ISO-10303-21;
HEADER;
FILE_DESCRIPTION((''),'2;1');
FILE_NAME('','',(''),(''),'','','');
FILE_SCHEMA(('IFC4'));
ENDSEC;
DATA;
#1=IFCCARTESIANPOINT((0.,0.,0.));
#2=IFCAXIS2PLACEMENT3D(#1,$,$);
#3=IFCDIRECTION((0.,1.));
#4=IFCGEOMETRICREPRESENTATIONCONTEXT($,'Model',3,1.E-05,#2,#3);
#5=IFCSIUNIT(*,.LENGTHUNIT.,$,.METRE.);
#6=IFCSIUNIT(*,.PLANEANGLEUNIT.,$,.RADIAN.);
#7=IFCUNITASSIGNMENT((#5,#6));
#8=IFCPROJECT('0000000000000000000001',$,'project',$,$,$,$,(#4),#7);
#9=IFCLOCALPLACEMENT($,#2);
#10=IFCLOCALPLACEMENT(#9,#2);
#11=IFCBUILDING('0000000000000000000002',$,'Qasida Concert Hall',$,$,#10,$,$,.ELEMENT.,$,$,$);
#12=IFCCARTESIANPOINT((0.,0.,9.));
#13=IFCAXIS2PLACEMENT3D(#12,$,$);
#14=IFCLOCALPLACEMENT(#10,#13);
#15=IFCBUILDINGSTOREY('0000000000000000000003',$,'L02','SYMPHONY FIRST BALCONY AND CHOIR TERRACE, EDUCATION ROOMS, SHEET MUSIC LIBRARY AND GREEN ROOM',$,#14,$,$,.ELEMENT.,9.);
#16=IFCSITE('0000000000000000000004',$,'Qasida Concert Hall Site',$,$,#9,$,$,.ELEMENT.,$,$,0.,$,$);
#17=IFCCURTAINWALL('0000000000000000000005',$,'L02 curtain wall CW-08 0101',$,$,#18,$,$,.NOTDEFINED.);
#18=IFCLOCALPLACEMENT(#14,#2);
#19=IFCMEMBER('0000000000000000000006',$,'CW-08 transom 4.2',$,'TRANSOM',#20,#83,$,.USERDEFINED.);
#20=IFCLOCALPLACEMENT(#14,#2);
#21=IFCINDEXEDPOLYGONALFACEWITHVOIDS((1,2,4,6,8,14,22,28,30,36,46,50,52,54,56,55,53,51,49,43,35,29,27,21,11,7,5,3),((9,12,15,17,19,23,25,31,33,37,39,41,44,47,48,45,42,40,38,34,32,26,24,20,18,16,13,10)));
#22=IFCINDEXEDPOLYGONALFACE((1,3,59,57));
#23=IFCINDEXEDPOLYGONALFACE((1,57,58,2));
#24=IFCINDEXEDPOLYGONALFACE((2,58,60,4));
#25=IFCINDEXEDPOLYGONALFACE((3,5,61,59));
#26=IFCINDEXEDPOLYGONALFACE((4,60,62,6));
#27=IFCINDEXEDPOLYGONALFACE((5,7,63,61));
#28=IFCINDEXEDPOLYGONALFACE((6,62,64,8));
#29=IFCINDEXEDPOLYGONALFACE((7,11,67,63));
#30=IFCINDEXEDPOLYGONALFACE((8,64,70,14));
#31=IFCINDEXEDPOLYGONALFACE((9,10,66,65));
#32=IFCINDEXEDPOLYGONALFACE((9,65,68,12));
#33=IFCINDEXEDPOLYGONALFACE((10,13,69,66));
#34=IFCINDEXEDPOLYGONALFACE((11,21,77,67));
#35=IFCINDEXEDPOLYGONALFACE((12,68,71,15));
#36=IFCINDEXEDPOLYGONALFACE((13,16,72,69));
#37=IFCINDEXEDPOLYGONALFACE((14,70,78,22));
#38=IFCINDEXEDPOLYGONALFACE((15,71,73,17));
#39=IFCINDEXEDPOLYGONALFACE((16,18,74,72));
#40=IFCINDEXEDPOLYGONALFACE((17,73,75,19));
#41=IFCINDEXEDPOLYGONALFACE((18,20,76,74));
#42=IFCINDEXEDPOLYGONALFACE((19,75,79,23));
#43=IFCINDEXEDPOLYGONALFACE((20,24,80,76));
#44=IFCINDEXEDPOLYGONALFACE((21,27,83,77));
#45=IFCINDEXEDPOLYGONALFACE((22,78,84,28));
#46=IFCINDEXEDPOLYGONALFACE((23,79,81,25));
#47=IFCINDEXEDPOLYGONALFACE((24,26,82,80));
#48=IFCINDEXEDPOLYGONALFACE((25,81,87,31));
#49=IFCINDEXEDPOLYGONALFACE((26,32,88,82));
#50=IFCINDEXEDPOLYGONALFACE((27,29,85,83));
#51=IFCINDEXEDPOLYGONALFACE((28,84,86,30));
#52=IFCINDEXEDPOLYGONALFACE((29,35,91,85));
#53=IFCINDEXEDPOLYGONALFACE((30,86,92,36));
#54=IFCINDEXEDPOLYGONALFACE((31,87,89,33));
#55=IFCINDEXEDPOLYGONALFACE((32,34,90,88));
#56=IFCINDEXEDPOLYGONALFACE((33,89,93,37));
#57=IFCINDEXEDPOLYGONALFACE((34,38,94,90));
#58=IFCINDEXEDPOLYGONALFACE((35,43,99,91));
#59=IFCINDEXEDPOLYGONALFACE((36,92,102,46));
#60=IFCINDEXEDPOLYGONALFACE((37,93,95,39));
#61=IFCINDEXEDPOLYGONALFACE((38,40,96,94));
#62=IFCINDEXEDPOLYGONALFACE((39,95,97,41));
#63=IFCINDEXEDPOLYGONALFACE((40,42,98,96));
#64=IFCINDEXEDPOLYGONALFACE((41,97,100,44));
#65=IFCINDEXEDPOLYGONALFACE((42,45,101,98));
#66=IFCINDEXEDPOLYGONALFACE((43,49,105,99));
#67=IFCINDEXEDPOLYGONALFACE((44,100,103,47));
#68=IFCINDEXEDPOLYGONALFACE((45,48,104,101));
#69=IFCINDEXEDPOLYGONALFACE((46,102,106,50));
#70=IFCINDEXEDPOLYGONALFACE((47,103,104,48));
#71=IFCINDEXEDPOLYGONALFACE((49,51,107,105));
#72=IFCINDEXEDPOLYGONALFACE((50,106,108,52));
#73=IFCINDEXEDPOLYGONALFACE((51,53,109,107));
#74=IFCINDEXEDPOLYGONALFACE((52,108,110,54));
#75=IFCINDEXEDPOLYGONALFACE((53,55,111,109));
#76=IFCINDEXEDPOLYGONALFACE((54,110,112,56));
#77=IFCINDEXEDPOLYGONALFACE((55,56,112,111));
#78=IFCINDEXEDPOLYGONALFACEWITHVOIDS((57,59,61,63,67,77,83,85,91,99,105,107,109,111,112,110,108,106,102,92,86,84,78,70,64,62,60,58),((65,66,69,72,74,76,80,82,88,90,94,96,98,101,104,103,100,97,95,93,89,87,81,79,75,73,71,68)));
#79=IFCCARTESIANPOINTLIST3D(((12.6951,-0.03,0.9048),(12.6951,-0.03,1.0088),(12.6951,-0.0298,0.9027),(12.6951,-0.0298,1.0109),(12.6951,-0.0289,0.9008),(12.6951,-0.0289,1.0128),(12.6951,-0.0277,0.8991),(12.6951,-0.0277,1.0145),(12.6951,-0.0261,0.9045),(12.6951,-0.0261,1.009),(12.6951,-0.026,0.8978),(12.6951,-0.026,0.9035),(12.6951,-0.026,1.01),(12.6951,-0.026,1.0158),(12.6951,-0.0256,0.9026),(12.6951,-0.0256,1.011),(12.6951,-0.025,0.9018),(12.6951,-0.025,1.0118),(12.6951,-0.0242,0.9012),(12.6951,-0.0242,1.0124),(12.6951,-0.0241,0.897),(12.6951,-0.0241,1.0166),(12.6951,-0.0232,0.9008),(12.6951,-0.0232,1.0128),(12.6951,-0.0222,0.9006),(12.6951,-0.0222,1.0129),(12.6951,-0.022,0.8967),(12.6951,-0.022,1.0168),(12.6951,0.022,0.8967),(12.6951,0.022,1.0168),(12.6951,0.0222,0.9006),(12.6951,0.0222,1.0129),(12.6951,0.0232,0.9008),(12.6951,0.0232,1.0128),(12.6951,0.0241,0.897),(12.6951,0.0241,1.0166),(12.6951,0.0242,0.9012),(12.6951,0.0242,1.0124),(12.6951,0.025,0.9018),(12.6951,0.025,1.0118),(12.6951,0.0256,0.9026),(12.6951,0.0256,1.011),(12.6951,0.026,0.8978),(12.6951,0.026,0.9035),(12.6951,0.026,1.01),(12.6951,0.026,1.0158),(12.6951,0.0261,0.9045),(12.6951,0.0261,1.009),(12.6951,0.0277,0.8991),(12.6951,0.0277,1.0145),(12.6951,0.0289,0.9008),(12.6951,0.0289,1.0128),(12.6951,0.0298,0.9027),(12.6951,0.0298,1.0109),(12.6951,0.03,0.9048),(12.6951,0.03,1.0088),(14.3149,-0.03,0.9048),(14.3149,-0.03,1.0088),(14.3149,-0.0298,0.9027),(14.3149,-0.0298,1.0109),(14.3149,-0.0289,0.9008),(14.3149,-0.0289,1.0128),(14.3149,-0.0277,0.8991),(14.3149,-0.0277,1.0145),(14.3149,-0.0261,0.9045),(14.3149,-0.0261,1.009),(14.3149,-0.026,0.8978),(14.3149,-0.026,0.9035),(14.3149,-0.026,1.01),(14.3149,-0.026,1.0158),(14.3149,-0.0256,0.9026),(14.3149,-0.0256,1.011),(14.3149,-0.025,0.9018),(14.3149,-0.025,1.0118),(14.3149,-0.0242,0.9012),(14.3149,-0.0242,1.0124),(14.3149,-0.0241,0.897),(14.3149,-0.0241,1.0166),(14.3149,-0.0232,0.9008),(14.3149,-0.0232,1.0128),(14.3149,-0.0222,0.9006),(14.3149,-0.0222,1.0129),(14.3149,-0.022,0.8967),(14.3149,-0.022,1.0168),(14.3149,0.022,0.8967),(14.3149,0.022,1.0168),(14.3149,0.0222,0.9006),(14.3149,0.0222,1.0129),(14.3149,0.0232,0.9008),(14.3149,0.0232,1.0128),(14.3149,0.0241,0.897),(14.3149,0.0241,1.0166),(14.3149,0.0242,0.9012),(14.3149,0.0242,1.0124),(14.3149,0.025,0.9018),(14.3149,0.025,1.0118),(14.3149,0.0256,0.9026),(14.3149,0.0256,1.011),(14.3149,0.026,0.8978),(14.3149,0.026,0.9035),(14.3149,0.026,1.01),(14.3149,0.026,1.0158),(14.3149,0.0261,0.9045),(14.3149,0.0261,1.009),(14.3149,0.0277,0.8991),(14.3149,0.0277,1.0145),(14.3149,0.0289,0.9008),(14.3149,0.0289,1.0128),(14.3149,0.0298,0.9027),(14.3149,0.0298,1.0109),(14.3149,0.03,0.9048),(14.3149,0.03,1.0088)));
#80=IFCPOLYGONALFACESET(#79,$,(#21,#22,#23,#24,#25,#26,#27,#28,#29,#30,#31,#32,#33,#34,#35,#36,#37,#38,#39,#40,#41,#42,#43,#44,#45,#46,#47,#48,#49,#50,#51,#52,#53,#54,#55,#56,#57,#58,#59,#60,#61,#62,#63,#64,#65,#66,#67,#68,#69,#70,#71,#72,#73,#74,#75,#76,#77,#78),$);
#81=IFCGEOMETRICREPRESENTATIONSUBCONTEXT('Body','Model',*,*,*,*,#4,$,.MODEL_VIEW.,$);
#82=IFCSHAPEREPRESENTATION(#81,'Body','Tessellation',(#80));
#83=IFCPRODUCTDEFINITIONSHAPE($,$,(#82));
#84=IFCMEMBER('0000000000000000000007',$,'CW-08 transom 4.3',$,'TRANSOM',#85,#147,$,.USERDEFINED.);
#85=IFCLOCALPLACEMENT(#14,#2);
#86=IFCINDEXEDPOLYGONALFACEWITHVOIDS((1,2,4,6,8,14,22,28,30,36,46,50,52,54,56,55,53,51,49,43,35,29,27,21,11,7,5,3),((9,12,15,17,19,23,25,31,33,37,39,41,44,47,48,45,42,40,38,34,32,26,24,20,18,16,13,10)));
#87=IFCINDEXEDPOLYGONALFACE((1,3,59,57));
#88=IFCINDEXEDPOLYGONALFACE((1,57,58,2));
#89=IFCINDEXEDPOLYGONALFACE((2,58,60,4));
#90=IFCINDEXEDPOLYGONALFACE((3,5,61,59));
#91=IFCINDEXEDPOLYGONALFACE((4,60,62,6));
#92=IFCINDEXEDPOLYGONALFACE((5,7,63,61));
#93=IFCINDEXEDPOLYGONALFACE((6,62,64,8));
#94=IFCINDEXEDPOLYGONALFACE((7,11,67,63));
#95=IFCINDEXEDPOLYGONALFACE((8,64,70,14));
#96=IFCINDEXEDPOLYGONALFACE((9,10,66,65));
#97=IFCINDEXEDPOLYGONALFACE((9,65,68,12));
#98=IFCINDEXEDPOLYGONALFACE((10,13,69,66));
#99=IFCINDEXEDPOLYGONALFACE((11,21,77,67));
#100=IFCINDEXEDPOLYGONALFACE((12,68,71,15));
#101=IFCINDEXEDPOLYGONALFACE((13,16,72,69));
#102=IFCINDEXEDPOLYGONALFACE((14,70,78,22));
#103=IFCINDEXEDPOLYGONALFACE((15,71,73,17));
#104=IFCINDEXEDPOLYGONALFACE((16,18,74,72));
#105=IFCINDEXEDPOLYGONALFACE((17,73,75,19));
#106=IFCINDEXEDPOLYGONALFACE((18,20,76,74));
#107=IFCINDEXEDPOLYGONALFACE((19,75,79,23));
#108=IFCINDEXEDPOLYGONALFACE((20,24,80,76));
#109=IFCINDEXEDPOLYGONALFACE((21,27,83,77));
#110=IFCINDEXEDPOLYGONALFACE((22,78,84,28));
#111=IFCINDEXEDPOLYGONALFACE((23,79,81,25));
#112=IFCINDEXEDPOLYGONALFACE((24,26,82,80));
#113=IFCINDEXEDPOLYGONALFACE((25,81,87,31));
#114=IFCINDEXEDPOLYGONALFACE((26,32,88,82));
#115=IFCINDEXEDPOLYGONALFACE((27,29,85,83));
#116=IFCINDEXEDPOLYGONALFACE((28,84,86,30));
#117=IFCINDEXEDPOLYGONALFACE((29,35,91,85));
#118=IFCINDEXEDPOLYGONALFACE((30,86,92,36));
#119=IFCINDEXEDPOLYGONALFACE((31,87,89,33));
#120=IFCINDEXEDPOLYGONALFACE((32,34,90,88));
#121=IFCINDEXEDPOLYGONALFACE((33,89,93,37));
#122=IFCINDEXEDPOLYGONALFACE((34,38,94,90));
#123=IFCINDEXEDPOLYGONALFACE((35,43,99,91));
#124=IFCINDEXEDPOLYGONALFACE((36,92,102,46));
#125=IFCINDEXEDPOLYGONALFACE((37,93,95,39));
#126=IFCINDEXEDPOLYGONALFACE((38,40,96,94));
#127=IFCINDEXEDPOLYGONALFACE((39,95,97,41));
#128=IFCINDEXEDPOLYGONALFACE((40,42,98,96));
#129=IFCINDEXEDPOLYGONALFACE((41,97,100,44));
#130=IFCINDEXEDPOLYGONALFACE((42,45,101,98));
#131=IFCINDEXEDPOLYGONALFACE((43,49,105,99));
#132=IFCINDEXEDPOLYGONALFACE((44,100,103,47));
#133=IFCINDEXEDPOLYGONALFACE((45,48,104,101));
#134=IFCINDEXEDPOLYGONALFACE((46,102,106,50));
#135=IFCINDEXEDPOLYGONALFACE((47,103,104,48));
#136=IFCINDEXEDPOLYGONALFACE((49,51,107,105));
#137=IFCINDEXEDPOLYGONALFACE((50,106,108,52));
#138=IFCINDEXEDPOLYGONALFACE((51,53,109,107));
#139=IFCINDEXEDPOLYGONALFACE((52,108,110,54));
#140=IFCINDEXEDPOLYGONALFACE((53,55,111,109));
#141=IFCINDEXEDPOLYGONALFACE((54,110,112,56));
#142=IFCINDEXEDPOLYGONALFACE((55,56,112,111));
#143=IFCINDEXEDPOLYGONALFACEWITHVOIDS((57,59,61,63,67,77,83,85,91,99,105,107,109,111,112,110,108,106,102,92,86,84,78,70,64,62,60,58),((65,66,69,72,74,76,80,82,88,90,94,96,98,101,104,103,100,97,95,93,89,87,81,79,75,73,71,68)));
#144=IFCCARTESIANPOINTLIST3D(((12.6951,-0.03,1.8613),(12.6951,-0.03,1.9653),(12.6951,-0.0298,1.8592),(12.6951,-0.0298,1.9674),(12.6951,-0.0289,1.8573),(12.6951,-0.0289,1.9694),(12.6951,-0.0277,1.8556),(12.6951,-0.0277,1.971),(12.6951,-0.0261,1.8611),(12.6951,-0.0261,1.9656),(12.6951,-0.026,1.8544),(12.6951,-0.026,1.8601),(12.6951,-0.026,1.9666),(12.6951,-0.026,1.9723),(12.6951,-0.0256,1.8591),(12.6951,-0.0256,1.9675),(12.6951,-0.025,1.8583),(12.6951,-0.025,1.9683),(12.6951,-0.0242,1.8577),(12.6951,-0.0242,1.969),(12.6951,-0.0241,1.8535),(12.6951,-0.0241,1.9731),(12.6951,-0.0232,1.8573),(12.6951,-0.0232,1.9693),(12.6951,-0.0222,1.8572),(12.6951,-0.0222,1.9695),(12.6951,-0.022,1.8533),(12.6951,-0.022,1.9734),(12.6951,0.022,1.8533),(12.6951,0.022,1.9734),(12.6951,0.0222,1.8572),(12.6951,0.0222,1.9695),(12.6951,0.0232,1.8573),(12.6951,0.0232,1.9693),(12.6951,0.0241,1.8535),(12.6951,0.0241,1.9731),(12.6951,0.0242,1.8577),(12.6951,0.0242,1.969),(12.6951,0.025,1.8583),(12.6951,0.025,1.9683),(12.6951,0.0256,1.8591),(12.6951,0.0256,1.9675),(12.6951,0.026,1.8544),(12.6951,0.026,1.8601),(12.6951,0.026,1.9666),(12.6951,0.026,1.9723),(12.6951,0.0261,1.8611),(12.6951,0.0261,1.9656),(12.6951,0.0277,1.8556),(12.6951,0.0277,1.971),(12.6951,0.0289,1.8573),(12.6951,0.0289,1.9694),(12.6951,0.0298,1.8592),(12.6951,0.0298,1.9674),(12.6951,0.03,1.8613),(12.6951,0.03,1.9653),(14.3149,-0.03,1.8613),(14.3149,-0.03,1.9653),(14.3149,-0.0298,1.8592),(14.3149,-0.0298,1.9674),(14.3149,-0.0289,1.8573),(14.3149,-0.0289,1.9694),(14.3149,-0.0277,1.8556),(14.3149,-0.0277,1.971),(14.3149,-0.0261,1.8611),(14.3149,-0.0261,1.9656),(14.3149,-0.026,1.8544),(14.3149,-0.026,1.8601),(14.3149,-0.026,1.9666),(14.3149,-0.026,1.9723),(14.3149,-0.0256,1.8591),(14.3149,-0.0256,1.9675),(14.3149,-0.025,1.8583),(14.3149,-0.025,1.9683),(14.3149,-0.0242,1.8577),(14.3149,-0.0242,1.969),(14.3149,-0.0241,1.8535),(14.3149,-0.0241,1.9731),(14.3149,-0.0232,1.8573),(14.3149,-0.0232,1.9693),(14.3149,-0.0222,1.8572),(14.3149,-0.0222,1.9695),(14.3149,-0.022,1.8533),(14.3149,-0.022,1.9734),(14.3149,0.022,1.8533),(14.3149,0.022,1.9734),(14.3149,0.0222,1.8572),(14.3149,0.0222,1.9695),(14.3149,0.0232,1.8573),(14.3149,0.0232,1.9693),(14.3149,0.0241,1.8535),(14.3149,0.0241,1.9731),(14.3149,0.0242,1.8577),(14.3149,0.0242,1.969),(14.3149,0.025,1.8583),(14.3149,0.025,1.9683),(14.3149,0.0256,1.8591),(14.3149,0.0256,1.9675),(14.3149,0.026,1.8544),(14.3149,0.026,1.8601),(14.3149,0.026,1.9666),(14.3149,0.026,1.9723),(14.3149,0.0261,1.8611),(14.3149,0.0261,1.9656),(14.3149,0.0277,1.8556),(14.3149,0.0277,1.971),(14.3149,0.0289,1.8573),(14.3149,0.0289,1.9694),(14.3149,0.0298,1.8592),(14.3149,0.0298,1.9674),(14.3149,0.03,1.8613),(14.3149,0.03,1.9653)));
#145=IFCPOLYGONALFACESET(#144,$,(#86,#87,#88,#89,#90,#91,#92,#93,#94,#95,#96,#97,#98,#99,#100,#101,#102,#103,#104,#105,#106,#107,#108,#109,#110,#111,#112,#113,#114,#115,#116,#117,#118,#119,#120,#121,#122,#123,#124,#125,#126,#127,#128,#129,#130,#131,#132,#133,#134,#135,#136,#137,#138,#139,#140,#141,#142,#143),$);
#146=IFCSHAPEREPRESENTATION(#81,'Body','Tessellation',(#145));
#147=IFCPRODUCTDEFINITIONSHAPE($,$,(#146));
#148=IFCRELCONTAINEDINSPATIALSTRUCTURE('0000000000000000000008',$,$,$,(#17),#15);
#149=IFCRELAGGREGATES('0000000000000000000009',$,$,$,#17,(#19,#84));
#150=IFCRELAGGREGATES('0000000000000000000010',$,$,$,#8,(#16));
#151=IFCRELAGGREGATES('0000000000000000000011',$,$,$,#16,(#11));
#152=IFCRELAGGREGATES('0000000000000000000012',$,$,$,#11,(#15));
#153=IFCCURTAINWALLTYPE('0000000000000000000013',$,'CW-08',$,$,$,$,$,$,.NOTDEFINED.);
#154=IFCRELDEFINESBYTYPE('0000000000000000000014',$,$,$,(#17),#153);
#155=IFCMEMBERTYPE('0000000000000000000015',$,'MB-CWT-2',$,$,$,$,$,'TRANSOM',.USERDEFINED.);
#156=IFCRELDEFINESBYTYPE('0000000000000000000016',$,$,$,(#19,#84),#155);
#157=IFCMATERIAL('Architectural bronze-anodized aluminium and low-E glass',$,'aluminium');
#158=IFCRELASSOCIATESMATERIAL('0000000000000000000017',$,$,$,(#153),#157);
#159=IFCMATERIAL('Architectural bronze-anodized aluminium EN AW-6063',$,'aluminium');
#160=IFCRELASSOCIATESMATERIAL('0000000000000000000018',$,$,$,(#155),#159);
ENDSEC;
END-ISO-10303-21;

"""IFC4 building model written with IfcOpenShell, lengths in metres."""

from ifc_helpers import new_model, si_unit, direction, frame, origin, origin_2d, place, context, subcontext, project, spatial, hollow_rectangle, extrude, material, material_profile, profile_set, type_object, element, aggregate, save


model = new_model("IFC4")

# Units and contexts
model_context = context("Model", 3, precision=1e-05, world=origin(), true_north=direction((0.0, 1.0)))
body_context = subcontext(model_context, "Body", "Model", "MODEL_VIEW")
ifc_project = project(units=[si_unit("LENGTHUNIT", "METRE"), si_unit("PLANEANGLEUNIT", "RADIAN")], contexts=[model_context])

# Site, building, storey
site_placement = place(None, origin())
site = spatial("IfcSite", under=ifc_project, at=site_placement, Name="Qasida Concert Hall Site", CompositionType="ELEMENT", RefElevation=0.0)
building_placement = place(site_placement, origin())
building = spatial("IfcBuilding", under=site, at=building_placement, Name="Qasida Concert Hall", CompositionType="ELEMENT")
storey_placement = place(building_placement, frame((0.0, 0.0, 9.0)))
storey = spatial("IfcBuildingStorey", under=building, at=storey_placement, Name="L02", Description="SYMPHONY FIRST BALCONY AND CHOIR TERRACE, EDUCATION ROOMS, SHEET MUSIC LIBRARY AND GREEN ROOM", CompositionType="ELEMENT", Elevation=9.0)

# Curtain wall, members
ifc_material_1 = material(Name="Architectural bronze-anodized aluminium and low-E glass", Category="aluminium")
curtain_wall_type = type_object("IfcCurtainWallType", Name="CW-08", PredefinedType="NOTDEFINED", material=ifc_material_1)
curtain_wall_placement = place(storey_placement, origin())
curtain_wall = element("IfcCurtainWall", 1, at=curtain_wall_placement, inside=storey, type_object=curtain_wall_type, Name="L02 curtain wall CW-08 0101", PredefinedType="NOTDEFINED")
ifc_material_2 = material(Name="Architectural bronze-anodized aluminium EN AW-6063", Category="aluminium")
ifc_material_profile_1 = material_profile(ifc_material_2, hollow_rectangle(XDim=0.0601, YDim=0.1201, WallThickness=0.0039, InnerFilletRadius=0.0039, OuterFilletRadius=0.0081, at=origin_2d()), Name="CWT 120x60x4")
ifc_profile_set_1 = profile_set([ifc_material_profile_1], Name="Architectural bronze-anodized aluminium EN AW-6063")
member_type_1 = type_object("IfcMemberType", Name="MB-CWT-2", ElementType="TRANSOM", PredefinedType="USERDEFINED", material=ifc_profile_set_1)
member_1_placement = place(storey_placement, frame((12.6951, 0.0, 0.9568), z_axis=(1.0, 0.0, 0.0), x_axis=(0.0, 1.0, 0.0)))
member_1 = element("IfcMember", 2, at=member_1_placement, type_object=member_type_1, Name="CW-08 transom 4.2", ObjectType="TRANSOM", PredefinedType="USERDEFINED", context=body_context, shape_type="SweptSolid", body=[
    extrude(hollow_rectangle(XDim=0.0601, YDim=0.1201, WallThickness=0.0039, InnerFilletRadius=0.0039, OuterFilletRadius=0.0081, at=origin_2d()), origin(), (0.0, 0.0, 1.0), 1.6199),
])
member_2_placement = place(storey_placement, frame((12.6951, 0.0, 1.9133), z_axis=(1.0, 0.0, 0.0), x_axis=(0.0, 1.0, 0.0)))
member_2 = element("IfcMember", 3, at=member_2_placement, type_object=member_type_1, Name="CW-08 transom 4.3", ObjectType="TRANSOM", PredefinedType="USERDEFINED", context=body_context, shape_type="SweptSolid", body=[
    extrude(hollow_rectangle(XDim=0.0601, YDim=0.1201, WallThickness=0.0039, InnerFilletRadius=0.0039, OuterFilletRadius=0.0081, at=origin_2d()), origin(), (0.0, 0.0, 1.0), 1.6199),
])
aggregate(curtain_wall, [member_1, member_2])

save(model, "model.ifc")
